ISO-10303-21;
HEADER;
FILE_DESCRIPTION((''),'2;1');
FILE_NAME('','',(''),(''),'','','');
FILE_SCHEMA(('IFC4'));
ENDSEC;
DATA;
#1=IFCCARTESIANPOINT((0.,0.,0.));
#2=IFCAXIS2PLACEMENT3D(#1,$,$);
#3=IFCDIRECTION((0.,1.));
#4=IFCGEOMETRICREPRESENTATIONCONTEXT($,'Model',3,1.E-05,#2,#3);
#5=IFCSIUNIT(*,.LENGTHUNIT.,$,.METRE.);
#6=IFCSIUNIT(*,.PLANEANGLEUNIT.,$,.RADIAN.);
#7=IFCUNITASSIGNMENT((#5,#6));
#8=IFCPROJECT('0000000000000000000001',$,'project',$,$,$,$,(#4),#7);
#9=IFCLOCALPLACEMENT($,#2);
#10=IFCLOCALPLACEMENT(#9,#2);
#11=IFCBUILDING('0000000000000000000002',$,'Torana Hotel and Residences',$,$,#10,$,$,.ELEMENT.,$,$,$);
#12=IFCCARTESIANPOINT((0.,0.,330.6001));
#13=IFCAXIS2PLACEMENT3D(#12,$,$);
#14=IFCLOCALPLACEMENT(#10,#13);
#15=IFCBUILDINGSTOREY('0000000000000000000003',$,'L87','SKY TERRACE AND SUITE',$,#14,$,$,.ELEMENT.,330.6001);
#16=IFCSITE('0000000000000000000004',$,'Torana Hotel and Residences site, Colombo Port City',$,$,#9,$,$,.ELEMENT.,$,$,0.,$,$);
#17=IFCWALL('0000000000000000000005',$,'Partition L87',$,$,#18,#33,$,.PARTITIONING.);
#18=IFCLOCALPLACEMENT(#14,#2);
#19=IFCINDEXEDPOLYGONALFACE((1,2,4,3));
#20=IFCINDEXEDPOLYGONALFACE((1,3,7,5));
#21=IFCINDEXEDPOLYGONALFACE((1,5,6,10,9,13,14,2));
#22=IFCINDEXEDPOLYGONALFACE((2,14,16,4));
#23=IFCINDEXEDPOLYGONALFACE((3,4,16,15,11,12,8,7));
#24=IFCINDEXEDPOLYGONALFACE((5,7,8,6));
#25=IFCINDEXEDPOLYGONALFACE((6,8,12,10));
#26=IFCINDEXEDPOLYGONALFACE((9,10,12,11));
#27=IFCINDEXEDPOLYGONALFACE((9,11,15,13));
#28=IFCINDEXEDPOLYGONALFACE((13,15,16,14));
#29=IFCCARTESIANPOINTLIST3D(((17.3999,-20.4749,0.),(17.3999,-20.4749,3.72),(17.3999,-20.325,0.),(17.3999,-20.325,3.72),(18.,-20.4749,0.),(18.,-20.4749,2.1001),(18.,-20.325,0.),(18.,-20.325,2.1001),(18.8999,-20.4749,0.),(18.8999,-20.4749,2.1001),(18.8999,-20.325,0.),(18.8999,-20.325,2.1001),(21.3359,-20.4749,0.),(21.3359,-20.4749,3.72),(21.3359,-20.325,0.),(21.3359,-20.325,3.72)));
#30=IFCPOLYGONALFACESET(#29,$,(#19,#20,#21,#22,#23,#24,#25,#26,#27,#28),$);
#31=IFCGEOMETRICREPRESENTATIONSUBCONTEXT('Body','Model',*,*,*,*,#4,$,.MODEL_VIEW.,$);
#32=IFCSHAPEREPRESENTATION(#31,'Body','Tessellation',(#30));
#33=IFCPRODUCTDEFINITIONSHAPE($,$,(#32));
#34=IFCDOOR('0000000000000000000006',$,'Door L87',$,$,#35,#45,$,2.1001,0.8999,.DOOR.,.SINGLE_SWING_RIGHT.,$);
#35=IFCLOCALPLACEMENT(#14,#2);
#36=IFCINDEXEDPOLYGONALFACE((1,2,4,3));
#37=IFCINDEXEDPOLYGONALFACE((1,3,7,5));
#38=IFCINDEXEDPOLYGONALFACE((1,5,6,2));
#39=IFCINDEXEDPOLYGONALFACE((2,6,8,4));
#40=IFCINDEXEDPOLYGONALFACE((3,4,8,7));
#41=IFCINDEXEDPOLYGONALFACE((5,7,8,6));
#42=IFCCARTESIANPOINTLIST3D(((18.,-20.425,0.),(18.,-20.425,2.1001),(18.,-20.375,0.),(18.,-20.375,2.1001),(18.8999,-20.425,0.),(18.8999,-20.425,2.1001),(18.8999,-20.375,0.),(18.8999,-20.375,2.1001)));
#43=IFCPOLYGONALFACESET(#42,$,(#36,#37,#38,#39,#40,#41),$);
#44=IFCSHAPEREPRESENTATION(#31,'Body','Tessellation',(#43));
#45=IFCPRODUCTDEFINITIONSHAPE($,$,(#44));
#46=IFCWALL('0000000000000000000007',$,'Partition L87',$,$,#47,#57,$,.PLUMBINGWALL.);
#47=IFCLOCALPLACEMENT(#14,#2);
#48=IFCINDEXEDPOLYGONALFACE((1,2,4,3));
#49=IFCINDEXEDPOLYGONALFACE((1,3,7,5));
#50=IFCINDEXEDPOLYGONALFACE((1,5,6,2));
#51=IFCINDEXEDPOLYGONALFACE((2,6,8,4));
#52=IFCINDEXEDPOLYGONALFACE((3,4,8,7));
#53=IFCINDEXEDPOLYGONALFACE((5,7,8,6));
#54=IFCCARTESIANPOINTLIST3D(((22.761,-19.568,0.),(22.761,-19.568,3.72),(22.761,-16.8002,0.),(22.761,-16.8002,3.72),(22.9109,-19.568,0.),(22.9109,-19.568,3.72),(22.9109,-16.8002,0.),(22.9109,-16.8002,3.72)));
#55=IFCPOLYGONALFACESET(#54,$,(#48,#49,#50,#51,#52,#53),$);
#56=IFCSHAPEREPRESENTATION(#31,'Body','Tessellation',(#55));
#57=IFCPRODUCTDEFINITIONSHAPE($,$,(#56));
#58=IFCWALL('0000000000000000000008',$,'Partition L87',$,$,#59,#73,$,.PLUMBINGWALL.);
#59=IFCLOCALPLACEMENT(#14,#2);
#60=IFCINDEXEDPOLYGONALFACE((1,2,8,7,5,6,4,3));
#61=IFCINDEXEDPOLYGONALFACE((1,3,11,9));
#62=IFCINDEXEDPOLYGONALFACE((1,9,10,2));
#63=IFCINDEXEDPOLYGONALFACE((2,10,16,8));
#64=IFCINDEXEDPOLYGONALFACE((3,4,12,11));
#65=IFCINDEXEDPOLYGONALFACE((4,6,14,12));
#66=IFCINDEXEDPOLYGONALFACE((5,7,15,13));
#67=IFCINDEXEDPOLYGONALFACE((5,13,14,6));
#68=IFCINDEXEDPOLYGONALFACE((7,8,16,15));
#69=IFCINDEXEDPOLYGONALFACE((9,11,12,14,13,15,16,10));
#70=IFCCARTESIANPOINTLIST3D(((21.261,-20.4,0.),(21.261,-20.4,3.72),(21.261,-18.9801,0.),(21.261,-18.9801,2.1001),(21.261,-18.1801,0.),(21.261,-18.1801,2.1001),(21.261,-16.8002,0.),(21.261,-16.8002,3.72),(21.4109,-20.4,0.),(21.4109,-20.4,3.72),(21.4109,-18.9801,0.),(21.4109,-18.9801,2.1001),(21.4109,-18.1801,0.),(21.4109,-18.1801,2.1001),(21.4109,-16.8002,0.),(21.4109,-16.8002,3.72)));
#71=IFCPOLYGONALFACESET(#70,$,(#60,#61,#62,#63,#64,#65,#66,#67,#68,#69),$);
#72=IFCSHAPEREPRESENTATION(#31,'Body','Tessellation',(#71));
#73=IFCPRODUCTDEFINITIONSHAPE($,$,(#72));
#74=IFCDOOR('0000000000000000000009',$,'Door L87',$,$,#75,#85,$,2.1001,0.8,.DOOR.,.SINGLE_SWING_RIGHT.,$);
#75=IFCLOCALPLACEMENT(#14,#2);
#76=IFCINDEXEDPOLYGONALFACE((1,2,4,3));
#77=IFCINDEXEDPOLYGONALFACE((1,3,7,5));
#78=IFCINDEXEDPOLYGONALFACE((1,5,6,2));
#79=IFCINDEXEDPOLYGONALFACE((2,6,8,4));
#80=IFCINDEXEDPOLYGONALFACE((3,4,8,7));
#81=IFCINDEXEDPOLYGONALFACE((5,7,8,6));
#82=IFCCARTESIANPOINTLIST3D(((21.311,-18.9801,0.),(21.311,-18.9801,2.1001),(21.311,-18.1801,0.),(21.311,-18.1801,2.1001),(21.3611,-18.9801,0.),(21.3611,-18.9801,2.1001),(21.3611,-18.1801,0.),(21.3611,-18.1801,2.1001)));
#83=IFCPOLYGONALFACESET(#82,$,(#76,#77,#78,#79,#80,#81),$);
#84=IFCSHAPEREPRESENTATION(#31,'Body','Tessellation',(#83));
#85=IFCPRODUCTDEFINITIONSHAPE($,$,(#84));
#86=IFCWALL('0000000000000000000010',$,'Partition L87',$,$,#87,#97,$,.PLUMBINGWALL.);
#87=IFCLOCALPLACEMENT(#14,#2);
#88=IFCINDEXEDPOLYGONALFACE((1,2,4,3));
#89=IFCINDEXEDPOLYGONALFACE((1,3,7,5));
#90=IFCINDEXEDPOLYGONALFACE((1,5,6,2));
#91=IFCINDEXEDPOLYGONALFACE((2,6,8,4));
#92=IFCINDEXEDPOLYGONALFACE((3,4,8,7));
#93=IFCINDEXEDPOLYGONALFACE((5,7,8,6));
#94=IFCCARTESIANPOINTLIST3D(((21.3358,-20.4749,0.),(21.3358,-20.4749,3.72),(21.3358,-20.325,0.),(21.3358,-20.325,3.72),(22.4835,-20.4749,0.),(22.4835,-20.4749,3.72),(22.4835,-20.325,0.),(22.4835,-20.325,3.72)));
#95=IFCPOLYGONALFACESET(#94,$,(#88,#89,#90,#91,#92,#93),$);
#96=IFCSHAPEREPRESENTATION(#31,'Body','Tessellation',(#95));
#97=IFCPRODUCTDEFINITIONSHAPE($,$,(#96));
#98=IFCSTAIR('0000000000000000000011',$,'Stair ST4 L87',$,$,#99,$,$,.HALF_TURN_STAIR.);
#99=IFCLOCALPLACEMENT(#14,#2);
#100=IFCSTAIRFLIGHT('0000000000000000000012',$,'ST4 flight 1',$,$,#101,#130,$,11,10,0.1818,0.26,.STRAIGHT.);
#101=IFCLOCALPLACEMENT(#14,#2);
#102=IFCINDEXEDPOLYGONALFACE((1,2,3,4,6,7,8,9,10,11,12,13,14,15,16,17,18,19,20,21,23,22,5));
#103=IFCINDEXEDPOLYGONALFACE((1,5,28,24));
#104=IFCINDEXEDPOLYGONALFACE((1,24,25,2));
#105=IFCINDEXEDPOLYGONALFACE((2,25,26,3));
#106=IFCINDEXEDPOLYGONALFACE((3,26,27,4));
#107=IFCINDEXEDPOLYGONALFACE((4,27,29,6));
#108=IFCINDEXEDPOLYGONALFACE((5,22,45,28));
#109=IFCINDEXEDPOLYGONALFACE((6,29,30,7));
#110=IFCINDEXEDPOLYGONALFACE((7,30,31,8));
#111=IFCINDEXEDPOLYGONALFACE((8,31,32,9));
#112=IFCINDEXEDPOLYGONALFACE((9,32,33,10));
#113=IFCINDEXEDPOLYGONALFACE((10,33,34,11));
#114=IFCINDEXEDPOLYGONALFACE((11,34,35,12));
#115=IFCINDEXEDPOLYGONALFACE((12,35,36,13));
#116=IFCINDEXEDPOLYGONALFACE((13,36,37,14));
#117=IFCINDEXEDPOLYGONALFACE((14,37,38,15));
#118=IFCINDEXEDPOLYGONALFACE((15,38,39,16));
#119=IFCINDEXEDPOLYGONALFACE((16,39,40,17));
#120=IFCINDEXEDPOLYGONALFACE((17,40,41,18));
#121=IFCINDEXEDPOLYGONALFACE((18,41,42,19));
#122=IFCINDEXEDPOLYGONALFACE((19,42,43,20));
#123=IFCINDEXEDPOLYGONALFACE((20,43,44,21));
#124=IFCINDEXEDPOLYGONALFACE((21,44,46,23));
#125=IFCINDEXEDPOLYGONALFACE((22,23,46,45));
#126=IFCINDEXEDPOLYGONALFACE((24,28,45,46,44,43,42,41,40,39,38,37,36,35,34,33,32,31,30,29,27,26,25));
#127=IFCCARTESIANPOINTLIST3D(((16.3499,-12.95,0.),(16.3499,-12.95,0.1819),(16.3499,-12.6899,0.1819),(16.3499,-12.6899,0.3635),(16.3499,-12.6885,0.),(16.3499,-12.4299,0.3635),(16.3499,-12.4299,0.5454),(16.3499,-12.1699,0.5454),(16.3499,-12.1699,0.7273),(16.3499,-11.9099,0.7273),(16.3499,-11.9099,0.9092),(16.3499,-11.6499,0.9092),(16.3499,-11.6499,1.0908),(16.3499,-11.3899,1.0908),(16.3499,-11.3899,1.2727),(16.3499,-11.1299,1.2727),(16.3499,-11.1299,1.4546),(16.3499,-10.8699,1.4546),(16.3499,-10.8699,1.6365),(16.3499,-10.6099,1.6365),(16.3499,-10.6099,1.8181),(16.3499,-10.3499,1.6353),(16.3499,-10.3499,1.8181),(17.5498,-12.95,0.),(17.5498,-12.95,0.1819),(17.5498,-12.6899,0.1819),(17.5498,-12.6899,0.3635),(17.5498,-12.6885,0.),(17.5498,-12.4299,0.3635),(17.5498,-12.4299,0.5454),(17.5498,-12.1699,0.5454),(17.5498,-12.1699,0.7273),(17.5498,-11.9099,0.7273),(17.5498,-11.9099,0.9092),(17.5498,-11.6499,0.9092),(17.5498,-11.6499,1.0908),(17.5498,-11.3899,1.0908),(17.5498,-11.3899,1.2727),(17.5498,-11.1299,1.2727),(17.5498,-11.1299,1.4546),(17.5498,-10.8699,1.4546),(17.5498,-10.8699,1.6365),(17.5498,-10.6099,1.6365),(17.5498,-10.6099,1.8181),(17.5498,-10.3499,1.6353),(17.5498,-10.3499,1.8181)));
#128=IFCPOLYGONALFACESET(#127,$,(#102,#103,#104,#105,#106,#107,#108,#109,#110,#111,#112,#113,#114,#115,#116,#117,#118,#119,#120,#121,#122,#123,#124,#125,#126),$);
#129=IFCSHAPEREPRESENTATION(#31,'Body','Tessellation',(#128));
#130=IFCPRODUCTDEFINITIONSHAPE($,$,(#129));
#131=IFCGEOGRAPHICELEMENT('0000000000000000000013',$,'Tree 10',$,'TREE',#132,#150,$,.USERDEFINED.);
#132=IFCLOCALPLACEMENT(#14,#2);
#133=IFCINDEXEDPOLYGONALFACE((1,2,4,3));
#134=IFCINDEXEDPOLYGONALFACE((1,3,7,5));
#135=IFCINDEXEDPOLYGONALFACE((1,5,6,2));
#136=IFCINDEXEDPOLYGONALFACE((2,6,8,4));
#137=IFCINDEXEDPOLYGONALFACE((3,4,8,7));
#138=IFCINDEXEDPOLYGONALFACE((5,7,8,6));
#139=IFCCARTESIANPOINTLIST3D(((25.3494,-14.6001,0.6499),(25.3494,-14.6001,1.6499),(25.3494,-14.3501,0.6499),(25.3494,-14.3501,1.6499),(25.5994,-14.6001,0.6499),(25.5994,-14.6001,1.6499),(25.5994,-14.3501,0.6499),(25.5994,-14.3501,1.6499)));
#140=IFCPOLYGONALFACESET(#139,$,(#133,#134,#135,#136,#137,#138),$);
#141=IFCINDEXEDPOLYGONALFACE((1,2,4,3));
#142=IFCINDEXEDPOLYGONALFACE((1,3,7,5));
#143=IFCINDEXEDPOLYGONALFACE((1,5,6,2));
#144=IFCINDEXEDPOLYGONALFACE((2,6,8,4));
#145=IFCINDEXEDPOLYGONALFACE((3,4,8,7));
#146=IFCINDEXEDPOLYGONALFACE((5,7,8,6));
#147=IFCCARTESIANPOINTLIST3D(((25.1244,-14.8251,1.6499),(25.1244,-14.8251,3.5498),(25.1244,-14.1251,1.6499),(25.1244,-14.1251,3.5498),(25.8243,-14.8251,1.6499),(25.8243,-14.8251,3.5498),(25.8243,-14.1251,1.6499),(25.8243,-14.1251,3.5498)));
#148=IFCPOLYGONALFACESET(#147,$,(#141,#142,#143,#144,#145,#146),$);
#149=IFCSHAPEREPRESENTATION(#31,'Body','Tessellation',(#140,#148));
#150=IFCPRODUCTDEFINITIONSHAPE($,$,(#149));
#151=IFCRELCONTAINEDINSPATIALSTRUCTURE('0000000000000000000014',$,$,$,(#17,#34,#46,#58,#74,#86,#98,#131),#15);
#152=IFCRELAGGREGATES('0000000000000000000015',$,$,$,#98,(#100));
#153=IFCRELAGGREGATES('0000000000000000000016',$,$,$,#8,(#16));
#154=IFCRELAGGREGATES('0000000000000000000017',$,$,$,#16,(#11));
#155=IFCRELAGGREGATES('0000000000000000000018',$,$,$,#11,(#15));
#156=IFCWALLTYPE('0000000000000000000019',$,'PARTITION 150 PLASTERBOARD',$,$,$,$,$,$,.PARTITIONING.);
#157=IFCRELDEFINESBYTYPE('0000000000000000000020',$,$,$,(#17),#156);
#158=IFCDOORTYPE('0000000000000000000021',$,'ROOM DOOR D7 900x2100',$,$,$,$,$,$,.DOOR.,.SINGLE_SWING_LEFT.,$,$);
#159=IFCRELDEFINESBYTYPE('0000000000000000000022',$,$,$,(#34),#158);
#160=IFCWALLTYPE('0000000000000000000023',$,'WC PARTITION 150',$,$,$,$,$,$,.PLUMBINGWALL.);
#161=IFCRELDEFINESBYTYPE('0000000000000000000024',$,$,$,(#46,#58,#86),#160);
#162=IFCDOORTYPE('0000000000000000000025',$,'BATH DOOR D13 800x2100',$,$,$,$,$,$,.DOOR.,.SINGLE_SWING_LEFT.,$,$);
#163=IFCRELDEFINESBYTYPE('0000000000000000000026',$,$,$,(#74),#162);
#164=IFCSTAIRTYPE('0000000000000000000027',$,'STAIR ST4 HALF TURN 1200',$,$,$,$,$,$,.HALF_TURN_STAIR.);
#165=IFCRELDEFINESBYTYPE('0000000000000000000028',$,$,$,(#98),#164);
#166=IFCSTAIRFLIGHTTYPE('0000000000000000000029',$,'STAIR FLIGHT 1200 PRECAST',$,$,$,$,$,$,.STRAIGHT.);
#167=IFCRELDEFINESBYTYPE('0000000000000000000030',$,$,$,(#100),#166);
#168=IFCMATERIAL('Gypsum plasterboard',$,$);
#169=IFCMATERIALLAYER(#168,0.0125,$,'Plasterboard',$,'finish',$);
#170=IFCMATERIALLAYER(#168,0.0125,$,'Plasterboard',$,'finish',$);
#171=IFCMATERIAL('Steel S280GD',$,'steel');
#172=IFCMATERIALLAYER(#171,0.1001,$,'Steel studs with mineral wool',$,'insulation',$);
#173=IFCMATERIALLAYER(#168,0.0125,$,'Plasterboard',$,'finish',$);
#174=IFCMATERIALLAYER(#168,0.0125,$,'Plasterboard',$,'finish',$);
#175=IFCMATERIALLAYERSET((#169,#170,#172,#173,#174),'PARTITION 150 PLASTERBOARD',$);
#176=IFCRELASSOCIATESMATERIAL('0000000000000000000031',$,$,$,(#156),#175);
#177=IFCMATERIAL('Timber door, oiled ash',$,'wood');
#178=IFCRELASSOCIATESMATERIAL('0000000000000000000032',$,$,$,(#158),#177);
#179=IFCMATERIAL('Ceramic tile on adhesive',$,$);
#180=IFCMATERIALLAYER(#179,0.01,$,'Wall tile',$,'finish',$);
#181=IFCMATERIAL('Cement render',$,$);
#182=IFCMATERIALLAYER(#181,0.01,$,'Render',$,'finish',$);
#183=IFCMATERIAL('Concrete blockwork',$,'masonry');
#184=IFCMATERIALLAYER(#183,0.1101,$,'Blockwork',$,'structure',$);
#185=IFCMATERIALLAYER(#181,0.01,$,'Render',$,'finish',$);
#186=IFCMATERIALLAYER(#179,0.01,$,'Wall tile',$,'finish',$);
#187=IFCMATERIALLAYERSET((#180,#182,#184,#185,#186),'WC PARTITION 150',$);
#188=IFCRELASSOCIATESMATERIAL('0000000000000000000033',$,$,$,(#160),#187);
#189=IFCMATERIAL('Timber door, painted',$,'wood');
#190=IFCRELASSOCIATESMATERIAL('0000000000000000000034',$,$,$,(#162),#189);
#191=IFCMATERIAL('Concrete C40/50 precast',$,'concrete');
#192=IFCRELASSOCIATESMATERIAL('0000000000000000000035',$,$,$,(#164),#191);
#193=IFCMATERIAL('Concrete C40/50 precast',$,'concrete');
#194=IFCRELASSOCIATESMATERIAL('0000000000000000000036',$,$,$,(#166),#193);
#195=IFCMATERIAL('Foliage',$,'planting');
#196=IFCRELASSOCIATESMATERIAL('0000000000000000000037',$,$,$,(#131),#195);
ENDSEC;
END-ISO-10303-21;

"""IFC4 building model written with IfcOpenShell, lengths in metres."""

from ifc_helpers import new_model, si_unit, direction, frame, frame_2d, origin, origin_2d, place, context, subcontext, project, spatial, polyline, rectangle, outline, extrude, material, layer, layer_set, type_object, element, fill, aggregate, save


model = new_model("IFC4")

# Units and contexts
model_context = context("Model", 3, precision=1e-05, world=origin(), true_north=direction((0.0, 1.0)))
body_context = subcontext(model_context, "Body", "Model", "MODEL_VIEW")
ifc_project = project(units=[si_unit("LENGTHUNIT", "METRE"), si_unit("PLANEANGLEUNIT", "RADIAN")], contexts=[model_context])

# Site, building, storey
site_placement = place(None, origin())
site = spatial("IfcSite", under=ifc_project, at=site_placement, Name="Torana Hotel and Residences site, Colombo Port City", CompositionType="ELEMENT", RefElevation=0.0)
building_placement = place(site_placement, origin())
building = spatial("IfcBuilding", under=site, at=building_placement, Name="Torana Hotel and Residences", CompositionType="ELEMENT")
storey_placement = place(building_placement, frame((0.0, 0.0, 330.6001)))
storey = spatial("IfcBuildingStorey", under=building, at=storey_placement, Name="L87", Description="SKY TERRACE AND SUITE", CompositionType="ELEMENT", Elevation=330.6001)

# Shared definitions
ifc_material_1 = material(Name="Steel S280GD", Category="steel")

# Shared definitions
ifc_material_2 = material(Name="Concrete blockwork", Category="masonry")

# Wall, opening, door
ifc_material_3 = material(Name="Gypsum plasterboard")
ifc_layer_1 = layer(ifc_material_3, 0.0125, Name="Plasterboard", Category="finish")
ifc_layer_2 = layer(ifc_material_3, 0.0125, Name="Plasterboard", Category="finish")
ifc_layer_3 = layer(ifc_material_1, 0.1001, Name="Steel studs with mineral wool", Category="insulation")
ifc_layer_4 = layer(ifc_material_3, 0.0125, Name="Plasterboard", Category="finish")
ifc_layer_5 = layer(ifc_material_3, 0.0125, Name="Plasterboard", Category="finish")
ifc_layer_set_1 = layer_set([ifc_layer_1, ifc_layer_2, ifc_layer_3, ifc_layer_4, ifc_layer_5], Name="PARTITION 150 PLASTERBOARD")
wall_type_1 = type_object("IfcWallType", Name="PARTITION 150 PLASTERBOARD", PredefinedType="PARTITIONING", material=ifc_layer_set_1)
wall_1_placement = place(storey_placement, frame((17.3999, -20.3999, 0.0), z_axis=(0.0, 0.0, 1.0), x_axis=(1.0, 0.0, 0.0)))
wall_1 = element("IfcWall", 1, at=wall_1_placement, inside=storey, type_object=wall_type_1, Name="Partition L87", PredefinedType="PARTITIONING", context=body_context, shape_type="SweptSolid", body=[
    extrude(rectangle(XDim=3.936, YDim=0.1499, at=frame_2d((1.968, 0.0))), origin(), (0.0, 0.0, 1.0), 3.72),
])
opening_1_placement = place(wall_1_placement, frame((0.6001, 0.0, 0.0)))
opening_1 = element("IfcOpeningElement", 2, at=opening_1_placement, cuts=wall_1, PredefinedType="OPENING", context=body_context, shape_type="SweptSolid", body=[
    extrude(rectangle(XDim=0.8999, YDim=2.1001, at=frame_2d((0.45, 1.05))), frame((0.0, 0.085, 0.0), z_axis=(0.0, -1.0, 0.0), x_axis=(1.0, 0.0, 0.0)), (0.0, 0.0, 1.0), 0.1699),
])
ifc_material_4 = material(Name="Timber door, oiled ash", Category="wood")
door_type_1 = type_object("IfcDoorType", Name="ROOM DOOR D7 900x2100", OperationType="SINGLE_SWING_LEFT", PredefinedType="DOOR", material=ifc_material_4)
door_1_placement = place(opening_1_placement, origin())
door_1 = element("IfcDoor", 3, at=door_1_placement, inside=storey, type_object=door_type_1, Name="Door L87", OperationType="SINGLE_SWING_RIGHT", OverallHeight=2.1001, OverallWidth=0.8999, PredefinedType="DOOR", context=body_context, shape_type="SweptSolid", body=[
    extrude(rectangle(XDim=0.8999, YDim=2.1001, at=frame_2d((0.45, 1.05))), frame((0.0, 0.0249, 0.0), z_axis=(0.0, -1.0, 0.0), x_axis=(1.0, 0.0, 0.0)), (0.0, 0.0, 1.0), 0.05),
])
fill(opening_1, door_1)

# Wall
ifc_material_5 = material(Name="Ceramic tile on adhesive")
ifc_layer_6 = layer(ifc_material_5, 0.01, Name="Wall tile", Category="finish")
ifc_material_6 = material(Name="Cement render")
ifc_layer_7 = layer(ifc_material_6, 0.01, Name="Render", Category="finish")
ifc_layer_8 = layer(ifc_material_2, 0.1101, Name="Blockwork", Category="structure")
ifc_layer_9 = layer(ifc_material_6, 0.01, Name="Render", Category="finish")
ifc_layer_10 = layer(ifc_material_5, 0.01, Name="Wall tile", Category="finish")
ifc_layer_set_2 = layer_set([ifc_layer_6, ifc_layer_7, ifc_layer_8, ifc_layer_9, ifc_layer_10], Name="WC PARTITION 150")
wall_type_2 = type_object("IfcWallType", Name="WC PARTITION 150", PredefinedType="PLUMBINGWALL", material=ifc_layer_set_2)
wall_2_placement = place(storey_placement, frame((22.8359, -19.5679, 0.0), z_axis=(0.0, 0.0, 1.0), x_axis=(0.0, 1.0, 0.0)))
element("IfcWall", 4, at=wall_2_placement, inside=storey, type_object=wall_type_2, Name="Partition L87", PredefinedType="PLUMBINGWALL", context=body_context, shape_type="SweptSolid", body=[
    extrude(rectangle(XDim=2.7678, YDim=0.1499, at=frame_2d((1.3838, 0.0))), origin(), (0.0, 0.0, 1.0), 3.72),
])

# Wall, opening, door
wall_3_placement = place(storey_placement, frame((21.3359, -20.3999, 0.0), z_axis=(0.0, 0.0, 1.0), x_axis=(0.0, 1.0, 0.0)))
wall_3 = element("IfcWall", 5, at=wall_3_placement, inside=storey, type_object=wall_type_2, Name="Partition L87", PredefinedType="PLUMBINGWALL", context=body_context, shape_type="SweptSolid", body=[
    extrude(rectangle(XDim=3.5999, YDim=0.1499, at=frame_2d((1.7998, 0.0))), origin(), (0.0, 0.0, 1.0), 3.72),
])
opening_2_placement = place(wall_3_placement, frame((1.4199, 0.0, 0.0)))
opening_2 = element("IfcOpeningElement", 6, at=opening_2_placement, cuts=wall_3, PredefinedType="OPENING", context=body_context, shape_type="SweptSolid", body=[
    extrude(rectangle(XDim=0.8, YDim=2.1001, at=frame_2d((0.3999, 1.05))), frame((0.0, 0.085, 0.0), z_axis=(0.0, -1.0, 0.0), x_axis=(1.0, 0.0, 0.0)), (0.0, 0.0, 1.0), 0.1699),
])
ifc_material_7 = material(Name="Timber door, painted", Category="wood")
door_type_2 = type_object("IfcDoorType", Name="BATH DOOR D13 800x2100", OperationType="SINGLE_SWING_LEFT", PredefinedType="DOOR", material=ifc_material_7)
door_2_placement = place(opening_2_placement, origin())
door_2 = element("IfcDoor", 7, at=door_2_placement, inside=storey, type_object=door_type_2, Name="Door L87", OperationType="SINGLE_SWING_RIGHT", OverallHeight=2.1001, OverallWidth=0.8, PredefinedType="DOOR", context=body_context, shape_type="SweptSolid", body=[
    extrude(rectangle(XDim=0.8, YDim=2.1001, at=frame_2d((0.3999, 1.05))), frame((0.0, 0.0249, 0.0), z_axis=(0.0, -1.0, 0.0), x_axis=(1.0, 0.0, 0.0)), (0.0, 0.0, 1.0), 0.05),
])
fill(opening_2, door_2)

# Wall
wall_4_placement = place(storey_placement, frame((21.3359, -20.3999, 0.0), z_axis=(0.0, 0.0, 1.0), x_axis=(1.0, 0.0, 0.0)))
element("IfcWall", 8, at=wall_4_placement, inside=storey, type_object=wall_type_2, Name="Partition L87", PredefinedType="PLUMBINGWALL", context=body_context, shape_type="SweptSolid", body=[
    extrude(rectangle(XDim=1.1477, YDim=0.1499, at=frame_2d((0.5737, 0.0))), origin(), (0.0, 0.0, 1.0), 3.72),
])

# Stair, stair flight
ifc_material_8 = material(Name="Concrete C40/50 precast", Category="concrete")
stair_type = type_object("IfcStairType", Name="STAIR ST4 HALF TURN 1200", PredefinedType="HALF_TURN_STAIR", material=ifc_material_8)
stair_placement = place(storey_placement, origin())
stair = element("IfcStair", 9, at=stair_placement, inside=storey, type_object=stair_type, Name="Stair ST4 L87", PredefinedType="HALF_TURN_STAIR")
ifc_material_9 = material(Name="Concrete C40/50 precast", Category="concrete")
stair_flight_type = type_object("IfcStairFlightType", Name="STAIR FLIGHT 1200 PRECAST", PredefinedType="STRAIGHT", material=ifc_material_9)
stair_flight_placement = place(storey_placement, frame((16.95, -12.95, 0.0), z_axis=(0.0, 0.0, 1.0), x_axis=(0.0, 1.0, 0.0)))
stair_flight = element("IfcStairFlight", 10, at=stair_flight_placement, type_object=stair_flight_type, Name="ST4 flight 1", NumberOfRisers=11, NumberOfTreads=10, PredefinedType="STRAIGHT", RiserHeight=0.1818, TreadLength=0.26, context=body_context, shape_type="SweptSolid", body=[
    extrude(outline(polyline([(0.0, 0.0), (0.0, 0.1819), (0.26, 0.1819), (0.26, 0.3635), (0.52, 0.3635), (0.52, 0.5454), (0.78, 0.5454), (0.78, 0.7273), (1.04, 0.7273), (1.04, 0.9092), (1.3, 0.9092), (1.3, 1.0908), (1.5601, 1.0908), (1.5601, 1.2727), (1.8201, 1.2727), (1.8201, 1.4546), (2.0801, 1.4546), (2.0801, 1.6365), (2.3401, 1.6365), (2.3401, 1.8181), (2.6001, 1.8181), (2.6001, 2.0), (2.6001, 1.6353), (0.2615, 0.0), (0.0, 0.0)])), frame((0.0, 0.6001, 0.0), z_axis=(0.0, -1.0, 0.0), x_axis=(1.0, 0.0, 0.0)), (0.0, 0.0, 1.0), 1.2),
])
aggregate(stair, [stair_flight])

# Geographic element
ifc_material_10 = material(Name="Foliage", Category="planting")
geographic_element_placement = place(storey_placement, frame((25.4744, -14.4751, 0.6499), z_axis=(0.0, 0.0, 1.0), x_axis=(1.0, 0.0, 0.0)))
element("IfcGeographicElement", 11, at=geographic_element_placement, inside=storey, material=ifc_material_10, Name="Tree 10", ObjectType="TREE", PredefinedType="USERDEFINED", context=body_context, shape_type="SweptSolid", body=[
    extrude(rectangle(XDim=0.25, YDim=0.25, at=origin_2d()), origin(), (0.0, 0.0, 1.0), 1.0),
    extrude(rectangle(XDim=0.7, YDim=0.7, at=origin_2d()), frame((0.0, 0.0, 1.0)), (0.0, 0.0, 1.0), 1.8999),
])

save(model, "model.ifc")
